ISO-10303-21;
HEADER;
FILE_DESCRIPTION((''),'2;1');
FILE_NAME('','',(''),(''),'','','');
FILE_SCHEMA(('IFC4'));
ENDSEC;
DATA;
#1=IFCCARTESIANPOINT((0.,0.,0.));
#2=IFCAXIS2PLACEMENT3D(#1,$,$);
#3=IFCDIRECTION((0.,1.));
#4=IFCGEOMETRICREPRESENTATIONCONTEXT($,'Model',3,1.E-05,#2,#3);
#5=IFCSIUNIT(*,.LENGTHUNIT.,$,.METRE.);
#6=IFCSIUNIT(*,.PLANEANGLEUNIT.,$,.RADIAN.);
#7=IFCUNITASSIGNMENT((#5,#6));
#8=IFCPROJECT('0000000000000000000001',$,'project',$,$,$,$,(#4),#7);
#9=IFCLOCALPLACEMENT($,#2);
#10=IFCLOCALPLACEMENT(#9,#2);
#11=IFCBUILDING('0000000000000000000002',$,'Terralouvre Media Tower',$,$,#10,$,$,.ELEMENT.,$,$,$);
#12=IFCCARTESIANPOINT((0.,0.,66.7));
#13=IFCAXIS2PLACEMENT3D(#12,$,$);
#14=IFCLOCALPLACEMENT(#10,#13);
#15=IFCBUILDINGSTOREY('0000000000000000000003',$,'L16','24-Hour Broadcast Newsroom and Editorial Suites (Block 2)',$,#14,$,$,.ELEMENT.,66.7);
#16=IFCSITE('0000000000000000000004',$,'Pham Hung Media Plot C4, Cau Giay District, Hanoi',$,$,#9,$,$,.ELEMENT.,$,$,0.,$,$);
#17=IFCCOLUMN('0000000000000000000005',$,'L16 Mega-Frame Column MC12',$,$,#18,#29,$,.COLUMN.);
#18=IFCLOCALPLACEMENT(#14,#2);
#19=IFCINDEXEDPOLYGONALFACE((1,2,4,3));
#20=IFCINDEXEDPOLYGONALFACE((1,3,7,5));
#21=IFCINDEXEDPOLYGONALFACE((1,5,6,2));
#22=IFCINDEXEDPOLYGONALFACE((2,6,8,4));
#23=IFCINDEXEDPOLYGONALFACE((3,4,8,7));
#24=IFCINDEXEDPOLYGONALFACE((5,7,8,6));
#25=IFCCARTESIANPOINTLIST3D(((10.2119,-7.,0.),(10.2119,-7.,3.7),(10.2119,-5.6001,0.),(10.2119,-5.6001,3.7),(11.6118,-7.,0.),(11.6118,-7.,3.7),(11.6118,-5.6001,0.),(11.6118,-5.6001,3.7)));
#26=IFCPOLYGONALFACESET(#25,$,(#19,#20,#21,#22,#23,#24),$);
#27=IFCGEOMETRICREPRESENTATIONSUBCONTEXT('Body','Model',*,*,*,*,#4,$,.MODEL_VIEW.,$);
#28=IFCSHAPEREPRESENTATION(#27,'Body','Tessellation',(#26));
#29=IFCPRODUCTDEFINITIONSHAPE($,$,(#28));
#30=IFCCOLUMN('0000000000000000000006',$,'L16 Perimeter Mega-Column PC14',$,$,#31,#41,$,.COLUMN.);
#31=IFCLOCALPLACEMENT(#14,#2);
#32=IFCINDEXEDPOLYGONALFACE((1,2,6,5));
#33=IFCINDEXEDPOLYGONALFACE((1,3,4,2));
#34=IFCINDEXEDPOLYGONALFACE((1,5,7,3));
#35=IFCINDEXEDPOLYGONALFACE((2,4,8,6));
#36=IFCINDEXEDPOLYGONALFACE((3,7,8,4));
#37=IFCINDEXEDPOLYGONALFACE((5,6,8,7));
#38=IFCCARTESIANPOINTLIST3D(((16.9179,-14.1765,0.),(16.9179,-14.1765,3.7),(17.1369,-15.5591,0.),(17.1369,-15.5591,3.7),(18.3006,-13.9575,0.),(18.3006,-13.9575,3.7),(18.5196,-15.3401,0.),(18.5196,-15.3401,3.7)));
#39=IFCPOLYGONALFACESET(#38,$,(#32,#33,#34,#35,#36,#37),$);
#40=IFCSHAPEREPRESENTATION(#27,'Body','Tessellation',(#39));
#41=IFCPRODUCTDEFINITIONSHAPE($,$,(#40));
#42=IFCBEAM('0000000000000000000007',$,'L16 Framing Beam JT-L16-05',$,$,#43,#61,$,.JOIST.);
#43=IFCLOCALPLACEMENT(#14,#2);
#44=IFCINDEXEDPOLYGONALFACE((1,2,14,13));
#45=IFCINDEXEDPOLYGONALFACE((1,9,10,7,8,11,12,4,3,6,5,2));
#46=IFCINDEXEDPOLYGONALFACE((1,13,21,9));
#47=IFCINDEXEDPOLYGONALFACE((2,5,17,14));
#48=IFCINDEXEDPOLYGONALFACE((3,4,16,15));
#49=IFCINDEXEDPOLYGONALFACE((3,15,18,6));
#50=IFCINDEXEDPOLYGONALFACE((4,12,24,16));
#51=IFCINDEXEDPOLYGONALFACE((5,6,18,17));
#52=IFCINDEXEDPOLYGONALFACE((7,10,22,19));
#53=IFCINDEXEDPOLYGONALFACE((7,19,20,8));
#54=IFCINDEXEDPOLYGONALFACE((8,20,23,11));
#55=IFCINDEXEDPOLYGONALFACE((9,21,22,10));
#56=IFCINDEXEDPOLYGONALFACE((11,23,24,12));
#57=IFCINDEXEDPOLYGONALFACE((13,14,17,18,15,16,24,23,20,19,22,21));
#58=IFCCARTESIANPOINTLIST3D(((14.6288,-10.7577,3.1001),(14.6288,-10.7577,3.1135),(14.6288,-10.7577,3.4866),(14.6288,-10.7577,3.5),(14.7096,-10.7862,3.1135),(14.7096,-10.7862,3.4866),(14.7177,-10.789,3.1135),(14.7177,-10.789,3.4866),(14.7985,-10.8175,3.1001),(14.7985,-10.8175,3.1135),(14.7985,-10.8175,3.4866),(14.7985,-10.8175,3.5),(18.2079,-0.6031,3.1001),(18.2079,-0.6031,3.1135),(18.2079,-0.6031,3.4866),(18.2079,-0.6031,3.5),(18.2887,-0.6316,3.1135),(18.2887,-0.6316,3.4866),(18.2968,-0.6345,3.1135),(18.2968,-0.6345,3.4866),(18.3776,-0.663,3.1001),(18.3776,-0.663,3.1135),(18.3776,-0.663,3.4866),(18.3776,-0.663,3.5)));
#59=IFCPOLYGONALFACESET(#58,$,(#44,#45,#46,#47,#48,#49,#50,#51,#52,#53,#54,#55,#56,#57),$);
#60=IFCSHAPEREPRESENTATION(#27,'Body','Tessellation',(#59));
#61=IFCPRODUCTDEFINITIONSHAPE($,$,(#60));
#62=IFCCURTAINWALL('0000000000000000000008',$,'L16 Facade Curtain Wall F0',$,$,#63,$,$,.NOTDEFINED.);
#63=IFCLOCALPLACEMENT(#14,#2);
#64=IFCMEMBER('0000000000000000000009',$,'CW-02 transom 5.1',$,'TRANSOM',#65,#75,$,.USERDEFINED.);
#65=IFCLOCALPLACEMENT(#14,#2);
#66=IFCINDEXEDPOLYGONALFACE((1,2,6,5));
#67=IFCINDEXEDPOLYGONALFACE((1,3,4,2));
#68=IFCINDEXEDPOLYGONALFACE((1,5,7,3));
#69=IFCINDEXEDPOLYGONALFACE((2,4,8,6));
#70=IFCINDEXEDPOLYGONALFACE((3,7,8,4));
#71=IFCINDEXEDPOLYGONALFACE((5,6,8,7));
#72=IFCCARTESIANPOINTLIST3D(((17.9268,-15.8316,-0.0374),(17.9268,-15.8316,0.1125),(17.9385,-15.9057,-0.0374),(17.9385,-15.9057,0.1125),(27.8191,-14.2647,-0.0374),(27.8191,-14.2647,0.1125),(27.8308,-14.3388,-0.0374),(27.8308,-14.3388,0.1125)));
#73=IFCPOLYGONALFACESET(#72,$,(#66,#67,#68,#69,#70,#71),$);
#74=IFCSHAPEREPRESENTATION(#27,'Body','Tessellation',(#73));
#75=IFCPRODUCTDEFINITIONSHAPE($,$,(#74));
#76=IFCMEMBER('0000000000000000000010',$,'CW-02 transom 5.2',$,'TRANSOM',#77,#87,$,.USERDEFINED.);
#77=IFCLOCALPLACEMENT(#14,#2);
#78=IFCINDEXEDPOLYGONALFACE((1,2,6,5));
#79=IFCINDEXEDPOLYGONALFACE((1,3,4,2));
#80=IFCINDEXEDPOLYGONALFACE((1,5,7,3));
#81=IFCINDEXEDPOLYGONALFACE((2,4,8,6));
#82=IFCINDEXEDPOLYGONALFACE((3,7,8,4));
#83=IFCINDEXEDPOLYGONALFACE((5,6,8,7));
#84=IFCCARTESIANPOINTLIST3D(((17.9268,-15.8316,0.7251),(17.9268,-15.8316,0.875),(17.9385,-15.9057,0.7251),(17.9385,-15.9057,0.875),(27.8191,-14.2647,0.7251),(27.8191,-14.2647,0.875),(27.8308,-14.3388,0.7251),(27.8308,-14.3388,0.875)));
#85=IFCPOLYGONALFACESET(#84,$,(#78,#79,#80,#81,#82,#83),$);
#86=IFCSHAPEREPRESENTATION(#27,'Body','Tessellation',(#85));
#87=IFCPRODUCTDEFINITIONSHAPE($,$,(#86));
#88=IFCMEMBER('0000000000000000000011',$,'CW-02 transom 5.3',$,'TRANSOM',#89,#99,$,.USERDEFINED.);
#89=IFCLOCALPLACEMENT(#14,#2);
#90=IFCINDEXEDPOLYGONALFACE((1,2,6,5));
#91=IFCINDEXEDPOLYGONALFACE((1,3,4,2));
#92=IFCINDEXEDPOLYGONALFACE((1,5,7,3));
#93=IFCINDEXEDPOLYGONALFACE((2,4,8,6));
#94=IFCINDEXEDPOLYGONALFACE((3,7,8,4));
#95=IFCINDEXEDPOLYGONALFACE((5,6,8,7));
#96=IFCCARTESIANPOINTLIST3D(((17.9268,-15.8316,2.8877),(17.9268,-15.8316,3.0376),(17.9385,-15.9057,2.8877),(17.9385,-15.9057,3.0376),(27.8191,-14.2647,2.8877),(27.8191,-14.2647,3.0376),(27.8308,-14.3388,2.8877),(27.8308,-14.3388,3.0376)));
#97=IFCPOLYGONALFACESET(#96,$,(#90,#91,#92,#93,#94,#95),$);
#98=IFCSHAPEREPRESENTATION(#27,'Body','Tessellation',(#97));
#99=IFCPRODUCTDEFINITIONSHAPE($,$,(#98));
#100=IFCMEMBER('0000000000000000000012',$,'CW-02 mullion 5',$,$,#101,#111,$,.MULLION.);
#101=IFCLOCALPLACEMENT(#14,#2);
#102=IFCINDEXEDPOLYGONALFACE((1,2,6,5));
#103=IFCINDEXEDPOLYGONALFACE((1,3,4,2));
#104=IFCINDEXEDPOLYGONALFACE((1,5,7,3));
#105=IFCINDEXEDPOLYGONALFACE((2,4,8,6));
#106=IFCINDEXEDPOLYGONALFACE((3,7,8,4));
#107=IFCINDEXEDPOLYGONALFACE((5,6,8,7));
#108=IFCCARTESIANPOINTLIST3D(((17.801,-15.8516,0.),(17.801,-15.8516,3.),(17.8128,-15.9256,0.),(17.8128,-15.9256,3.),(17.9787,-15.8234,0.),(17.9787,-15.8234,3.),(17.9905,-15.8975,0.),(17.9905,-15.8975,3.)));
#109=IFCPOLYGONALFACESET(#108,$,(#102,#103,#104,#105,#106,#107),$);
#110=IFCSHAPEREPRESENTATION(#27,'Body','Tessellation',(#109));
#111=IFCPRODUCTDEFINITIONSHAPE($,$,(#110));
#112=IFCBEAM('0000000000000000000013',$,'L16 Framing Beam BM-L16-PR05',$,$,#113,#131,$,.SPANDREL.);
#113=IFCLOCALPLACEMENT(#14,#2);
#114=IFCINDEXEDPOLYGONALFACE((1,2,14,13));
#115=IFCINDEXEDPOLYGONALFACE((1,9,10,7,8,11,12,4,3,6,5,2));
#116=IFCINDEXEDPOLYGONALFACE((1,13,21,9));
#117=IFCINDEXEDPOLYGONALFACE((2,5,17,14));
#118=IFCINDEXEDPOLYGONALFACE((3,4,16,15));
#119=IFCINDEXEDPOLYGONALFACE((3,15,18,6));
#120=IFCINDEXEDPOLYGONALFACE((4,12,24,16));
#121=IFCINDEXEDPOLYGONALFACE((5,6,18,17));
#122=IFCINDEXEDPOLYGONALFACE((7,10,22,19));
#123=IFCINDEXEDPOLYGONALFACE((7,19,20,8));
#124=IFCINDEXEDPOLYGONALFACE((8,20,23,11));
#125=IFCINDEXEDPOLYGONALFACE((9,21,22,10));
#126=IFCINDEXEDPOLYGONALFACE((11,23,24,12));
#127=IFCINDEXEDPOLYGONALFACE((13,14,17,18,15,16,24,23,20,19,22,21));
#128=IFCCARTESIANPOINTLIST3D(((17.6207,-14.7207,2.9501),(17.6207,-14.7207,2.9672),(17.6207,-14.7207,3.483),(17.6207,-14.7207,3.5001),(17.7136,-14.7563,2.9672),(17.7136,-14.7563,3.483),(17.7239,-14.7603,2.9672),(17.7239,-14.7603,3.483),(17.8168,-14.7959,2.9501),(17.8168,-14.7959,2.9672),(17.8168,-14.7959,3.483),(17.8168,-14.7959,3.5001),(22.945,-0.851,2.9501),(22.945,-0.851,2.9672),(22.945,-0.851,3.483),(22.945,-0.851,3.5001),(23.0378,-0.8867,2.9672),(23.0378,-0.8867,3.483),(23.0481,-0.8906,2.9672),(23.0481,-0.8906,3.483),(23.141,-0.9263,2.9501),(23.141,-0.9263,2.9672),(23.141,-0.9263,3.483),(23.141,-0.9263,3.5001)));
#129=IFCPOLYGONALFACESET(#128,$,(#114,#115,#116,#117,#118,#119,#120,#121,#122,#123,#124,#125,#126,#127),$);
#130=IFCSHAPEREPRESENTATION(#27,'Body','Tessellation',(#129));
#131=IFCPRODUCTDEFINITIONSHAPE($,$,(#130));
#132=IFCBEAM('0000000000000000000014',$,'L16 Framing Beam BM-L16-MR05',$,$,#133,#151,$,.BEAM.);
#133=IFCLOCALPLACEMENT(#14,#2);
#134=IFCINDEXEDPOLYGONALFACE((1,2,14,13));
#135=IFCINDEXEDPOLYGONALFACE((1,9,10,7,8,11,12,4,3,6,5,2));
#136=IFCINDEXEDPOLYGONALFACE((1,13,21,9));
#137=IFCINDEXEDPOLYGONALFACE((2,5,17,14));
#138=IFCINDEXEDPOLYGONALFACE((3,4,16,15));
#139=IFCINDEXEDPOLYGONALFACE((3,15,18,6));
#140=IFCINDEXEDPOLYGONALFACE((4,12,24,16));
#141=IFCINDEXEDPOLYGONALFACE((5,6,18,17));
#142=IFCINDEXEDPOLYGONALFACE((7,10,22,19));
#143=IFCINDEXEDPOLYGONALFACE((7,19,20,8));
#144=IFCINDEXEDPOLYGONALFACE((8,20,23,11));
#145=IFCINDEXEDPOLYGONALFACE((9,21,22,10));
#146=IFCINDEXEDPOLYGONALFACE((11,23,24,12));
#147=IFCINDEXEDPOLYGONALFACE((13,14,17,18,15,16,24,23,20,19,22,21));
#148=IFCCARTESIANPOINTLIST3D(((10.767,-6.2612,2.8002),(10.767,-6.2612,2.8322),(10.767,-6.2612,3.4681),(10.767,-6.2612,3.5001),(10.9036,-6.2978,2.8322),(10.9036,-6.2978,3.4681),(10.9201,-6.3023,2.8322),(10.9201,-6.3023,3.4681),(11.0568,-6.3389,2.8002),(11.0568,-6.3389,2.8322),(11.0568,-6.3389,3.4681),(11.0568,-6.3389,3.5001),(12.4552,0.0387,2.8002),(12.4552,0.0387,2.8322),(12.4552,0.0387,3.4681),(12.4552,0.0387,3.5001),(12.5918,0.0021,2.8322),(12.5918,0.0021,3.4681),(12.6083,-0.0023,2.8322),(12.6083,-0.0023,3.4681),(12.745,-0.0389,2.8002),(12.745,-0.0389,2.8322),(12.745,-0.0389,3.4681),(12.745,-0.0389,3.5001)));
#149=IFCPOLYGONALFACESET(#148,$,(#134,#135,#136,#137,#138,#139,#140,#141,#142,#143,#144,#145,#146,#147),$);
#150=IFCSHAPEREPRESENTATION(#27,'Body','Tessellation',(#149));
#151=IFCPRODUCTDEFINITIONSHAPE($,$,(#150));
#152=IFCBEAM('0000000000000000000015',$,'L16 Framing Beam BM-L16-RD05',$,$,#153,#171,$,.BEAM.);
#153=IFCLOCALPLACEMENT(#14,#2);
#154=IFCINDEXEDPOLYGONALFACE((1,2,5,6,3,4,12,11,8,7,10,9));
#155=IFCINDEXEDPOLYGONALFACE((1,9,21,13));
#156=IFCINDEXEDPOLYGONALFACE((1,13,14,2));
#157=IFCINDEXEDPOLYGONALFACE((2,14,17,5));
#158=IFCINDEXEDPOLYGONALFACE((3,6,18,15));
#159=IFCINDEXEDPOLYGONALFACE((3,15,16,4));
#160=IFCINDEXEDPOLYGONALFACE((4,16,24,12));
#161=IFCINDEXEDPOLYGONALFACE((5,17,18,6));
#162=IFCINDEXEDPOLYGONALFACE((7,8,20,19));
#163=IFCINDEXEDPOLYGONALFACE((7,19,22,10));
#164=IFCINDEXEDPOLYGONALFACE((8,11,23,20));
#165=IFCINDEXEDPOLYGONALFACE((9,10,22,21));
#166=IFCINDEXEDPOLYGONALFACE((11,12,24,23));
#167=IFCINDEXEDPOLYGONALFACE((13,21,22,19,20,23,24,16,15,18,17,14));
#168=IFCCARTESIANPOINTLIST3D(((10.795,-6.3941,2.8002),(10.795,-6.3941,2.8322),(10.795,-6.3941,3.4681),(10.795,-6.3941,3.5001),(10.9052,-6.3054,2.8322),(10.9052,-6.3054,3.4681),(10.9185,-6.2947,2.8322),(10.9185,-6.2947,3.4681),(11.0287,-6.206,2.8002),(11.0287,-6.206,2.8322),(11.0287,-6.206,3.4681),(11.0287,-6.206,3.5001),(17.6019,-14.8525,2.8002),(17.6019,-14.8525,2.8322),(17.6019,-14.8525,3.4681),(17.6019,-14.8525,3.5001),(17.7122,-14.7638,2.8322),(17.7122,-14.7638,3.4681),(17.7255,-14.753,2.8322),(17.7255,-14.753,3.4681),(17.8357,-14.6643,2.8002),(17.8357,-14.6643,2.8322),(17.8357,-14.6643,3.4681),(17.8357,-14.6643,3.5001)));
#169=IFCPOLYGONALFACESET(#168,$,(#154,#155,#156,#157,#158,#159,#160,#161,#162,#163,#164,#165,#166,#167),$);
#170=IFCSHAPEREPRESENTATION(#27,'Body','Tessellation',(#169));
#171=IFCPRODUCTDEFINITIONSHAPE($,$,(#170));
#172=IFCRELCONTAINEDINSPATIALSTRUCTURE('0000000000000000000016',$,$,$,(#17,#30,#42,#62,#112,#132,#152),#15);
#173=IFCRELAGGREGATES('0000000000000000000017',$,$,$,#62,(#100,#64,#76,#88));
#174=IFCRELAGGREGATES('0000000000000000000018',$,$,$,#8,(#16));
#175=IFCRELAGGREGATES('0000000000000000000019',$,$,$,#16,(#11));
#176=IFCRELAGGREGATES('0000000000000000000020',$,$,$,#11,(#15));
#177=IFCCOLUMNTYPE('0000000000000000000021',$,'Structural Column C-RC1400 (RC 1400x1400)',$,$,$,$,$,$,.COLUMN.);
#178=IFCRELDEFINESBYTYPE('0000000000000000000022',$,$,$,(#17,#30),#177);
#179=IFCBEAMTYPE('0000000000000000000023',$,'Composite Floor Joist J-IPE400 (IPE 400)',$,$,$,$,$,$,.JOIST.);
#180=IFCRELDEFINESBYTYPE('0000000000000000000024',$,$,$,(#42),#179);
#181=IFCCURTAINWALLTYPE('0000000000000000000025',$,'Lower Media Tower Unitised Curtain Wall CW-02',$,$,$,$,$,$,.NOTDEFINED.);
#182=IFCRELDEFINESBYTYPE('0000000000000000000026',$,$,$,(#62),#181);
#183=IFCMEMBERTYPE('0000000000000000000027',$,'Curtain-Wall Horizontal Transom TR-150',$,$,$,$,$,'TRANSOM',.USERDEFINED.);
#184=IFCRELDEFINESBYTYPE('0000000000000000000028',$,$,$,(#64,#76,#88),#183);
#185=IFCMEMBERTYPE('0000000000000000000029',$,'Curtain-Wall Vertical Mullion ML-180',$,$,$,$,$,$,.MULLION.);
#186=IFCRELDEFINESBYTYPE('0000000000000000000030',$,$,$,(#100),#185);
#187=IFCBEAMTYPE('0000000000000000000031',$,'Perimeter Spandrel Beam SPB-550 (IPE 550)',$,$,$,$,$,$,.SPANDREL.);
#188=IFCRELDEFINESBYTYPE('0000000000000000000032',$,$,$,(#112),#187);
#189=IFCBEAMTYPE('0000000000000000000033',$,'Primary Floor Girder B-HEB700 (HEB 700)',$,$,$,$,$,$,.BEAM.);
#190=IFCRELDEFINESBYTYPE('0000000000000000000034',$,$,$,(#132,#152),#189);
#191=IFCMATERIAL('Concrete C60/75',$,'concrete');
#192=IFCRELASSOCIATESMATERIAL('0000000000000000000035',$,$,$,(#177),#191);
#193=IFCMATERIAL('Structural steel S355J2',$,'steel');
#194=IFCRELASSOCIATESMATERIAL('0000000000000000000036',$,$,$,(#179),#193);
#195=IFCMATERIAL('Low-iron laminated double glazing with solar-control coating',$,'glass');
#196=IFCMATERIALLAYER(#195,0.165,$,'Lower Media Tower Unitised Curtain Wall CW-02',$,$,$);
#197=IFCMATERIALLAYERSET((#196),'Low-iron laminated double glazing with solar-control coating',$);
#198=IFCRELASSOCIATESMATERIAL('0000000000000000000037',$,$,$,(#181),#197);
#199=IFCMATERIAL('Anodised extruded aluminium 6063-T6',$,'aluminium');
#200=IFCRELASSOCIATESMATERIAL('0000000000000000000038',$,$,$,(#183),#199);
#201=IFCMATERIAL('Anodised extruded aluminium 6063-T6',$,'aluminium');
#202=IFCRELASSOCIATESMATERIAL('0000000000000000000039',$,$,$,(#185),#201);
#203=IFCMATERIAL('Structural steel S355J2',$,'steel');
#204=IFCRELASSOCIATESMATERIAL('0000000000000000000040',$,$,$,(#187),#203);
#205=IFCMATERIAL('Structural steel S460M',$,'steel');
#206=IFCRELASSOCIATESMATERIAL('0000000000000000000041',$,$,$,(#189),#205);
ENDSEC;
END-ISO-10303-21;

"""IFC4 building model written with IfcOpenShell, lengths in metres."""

from ifc_helpers import new_model, si_unit, direction, frame, origin, origin_2d, place, context, subcontext, project, spatial, rectangle, i_section, extrude, material, layer, layer_set, material_profile, profile_set, type_object, element, aggregate, save


model = new_model("IFC4")

# Units and contexts
model_context = context("Model", 3, precision=1e-05, world=origin(), true_north=direction((0.0, 1.0)))
body_context = subcontext(model_context, "Body", "Model", "MODEL_VIEW")
ifc_project = project(units=[si_unit("LENGTHUNIT", "METRE"), si_unit("PLANEANGLEUNIT", "RADIAN")], contexts=[model_context])

# Site, building, storey
site_placement = place(None, origin())
site = spatial("IfcSite", under=ifc_project, at=site_placement, Name="Pham Hung Media Plot C4, Cau Giay District, Hanoi", CompositionType="ELEMENT", RefElevation=0.0)
building_placement = place(site_placement, origin())
building = spatial("IfcBuilding", under=site, at=building_placement, Name="Terralouvre Media Tower", CompositionType="ELEMENT")
storey_placement = place(building_placement, frame((0.0, 0.0, 66.7)))
storey = spatial("IfcBuildingStorey", under=building, at=storey_placement, Name="L16", Description="24-Hour Broadcast Newsroom and Editorial Suites (Block 2)", CompositionType="ELEMENT", Elevation=66.7)

# Columns
ifc_material_1 = material(Name="Concrete C60/75", Category="concrete")
ifc_material_profile_1 = material_profile(ifc_material_1, rectangle(XDim=1.3999, YDim=1.3999, at=origin_2d()), Name="RC 1400x1400")
ifc_profile_set_1 = profile_set([ifc_material_profile_1], Name="Concrete C60/75")
column_type = type_object("IfcColumnType", Name="Structural Column C-RC1400 (RC 1400x1400)", PredefinedType="COLUMN", material=ifc_profile_set_1)
for number, where, z_axis, x_axis, name in (
    (1, (10.9119, -6.3, 0.0), (0.0, 0.0, 1.0), (1.0, 0.0, 0.0), "L16 Mega-Frame Column MC12"),
    (2, (17.7188, -14.7583, 0.0), (0.0, 0.0, 1.0), (0.987688, 0.156434, 0.0), "L16 Perimeter Mega-Column PC14"),
):
    element("IfcColumn", number, at=place(storey_placement, frame(where, z_axis=z_axis, x_axis=x_axis)), inside=storey, type_object=column_type, Name=name, PredefinedType="COLUMN", context=body_context, shape_type="SweptSolid", body=[
        extrude(rectangle(XDim=1.3999, YDim=1.3999, at=origin_2d()), origin(), (0.0, 0.0, 1.0), 3.7),
    ])

# Beam
ifc_material_2 = material(Name="Structural steel S355J2", Category="steel")
ifc_material_profile_2 = material_profile(ifc_material_2, i_section(OverallWidth=0.1799, OverallDepth=0.3999, WebThickness=0.0085, FlangeThickness=0.0134, at=origin_2d()), Name="IPE 400")
ifc_profile_set_2 = profile_set([ifc_material_profile_2], Name="Structural steel S355J2")
beam_type_1 = type_object("IfcBeamType", Name="Composite Floor Joist J-IPE400 (IPE 400)", PredefinedType="JOIST", material=ifc_profile_set_2)
beam_1_placement = place(storey_placement, frame((14.7136, -10.7876, 3.3), z_axis=(0.332419, 0.943132, 0.0), x_axis=(-0.943132, 0.332419, 0.0)))
element("IfcBeam", 3, at=beam_1_placement, inside=storey, type_object=beam_type_1, Name="L16 Framing Beam JT-L16-05", PredefinedType="JOIST", context=body_context, shape_type="SweptSolid", body=[
    extrude(i_section(OverallWidth=0.1799, OverallDepth=0.3999, WebThickness=0.0085, FlangeThickness=0.0134, at=origin_2d()), origin(), (0.0, 0.0, 1.0), 10.7668),
])

# Curtain wall, members
ifc_material_3 = material(Name="Low-iron laminated double glazing with solar-control coating", Category="glass")
ifc_layer_1 = layer(ifc_material_3, 0.165, Name="Lower Media Tower Unitised Curtain Wall CW-02")
ifc_layer_set_1 = layer_set([ifc_layer_1], Name="Low-iron laminated double glazing with solar-control coating")
curtain_wall_type = type_object("IfcCurtainWallType", Name="Lower Media Tower Unitised Curtain Wall CW-02", PredefinedType="NOTDEFINED", material=ifc_layer_set_1)
curtain_wall_placement = place(storey_placement, origin())
curtain_wall = element("IfcCurtainWall", 4, at=curtain_wall_placement, inside=storey, type_object=curtain_wall_type, Name="L16 Facade Curtain Wall F0", PredefinedType="NOTDEFINED")
ifc_material_4 = material(Name="Anodised extruded aluminium 6063-T6", Category="aluminium")
ifc_material_profile_3 = material_profile(ifc_material_4, rectangle(XDim=0.075, YDim=0.1499, at=origin_2d()), Name="ALU 75x150")
ifc_profile_set_3 = profile_set([ifc_material_profile_3], Name="Anodised extruded aluminium 6063-T6")
member_type_1 = type_object("IfcMemberType", Name="Curtain-Wall Horizontal Transom TR-150", ElementType="TRANSOM", PredefinedType="USERDEFINED", material=ifc_profile_set_3)
member_1_placement = place(storey_placement, frame((17.9326, -15.8687, 0.0376), z_axis=(0.987687, 0.156444, 0.0), x_axis=(-0.156444, 0.987687, 0.0)))
member_1 = element("IfcMember", 5, at=member_1_placement, type_object=member_type_1, Name="CW-02 transom 5.1", ObjectType="TRANSOM", PredefinedType="USERDEFINED", context=body_context, shape_type="SweptSolid", body=[
    extrude(rectangle(XDim=0.075, YDim=0.1499, at=origin_2d()), origin(), (0.0, 0.0, 1.0), 10.0156),
])
member_2_placement = place(storey_placement, frame((17.9326, -15.8687, 0.8), z_axis=(0.987687, 0.156444, 0.0), x_axis=(-0.156444, 0.987687, 0.0)))
member_2 = element("IfcMember", 6, at=member_2_placement, type_object=member_type_1, Name="CW-02 transom 5.2", ObjectType="TRANSOM", PredefinedType="USERDEFINED", context=body_context, shape_type="SweptSolid", body=[
    extrude(rectangle(XDim=0.075, YDim=0.1499, at=origin_2d()), origin(), (0.0, 0.0, 1.0), 10.0156),
])
member_3_placement = place(storey_placement, frame((17.9326, -15.8687, 2.9626), z_axis=(0.987687, 0.156444, 0.0), x_axis=(-0.156444, 0.987687, 0.0)))
member_3 = element("IfcMember", 7, at=member_3_placement, type_object=member_type_1, Name="CW-02 transom 5.3", ObjectType="TRANSOM", PredefinedType="USERDEFINED", context=body_context, shape_type="SweptSolid", body=[
    extrude(rectangle(XDim=0.075, YDim=0.1499, at=origin_2d()), origin(), (0.0, 0.0, 1.0), 10.0156),
])
ifc_material_5 = material(Name="Anodised extruded aluminium 6063-T6", Category="aluminium")
ifc_material_profile_4 = material_profile(ifc_material_5, rectangle(XDim=0.075, YDim=0.1799, at=origin_2d()), Name="ALU 75x180")
ifc_profile_set_4 = profile_set([ifc_material_profile_4], Name="Anodised extruded aluminium 6063-T6")
member_type_2 = type_object("IfcMemberType", Name="Curtain-Wall Vertical Mullion ML-180", PredefinedType="MULLION", material=ifc_profile_set_4)
member_4_placement = place(storey_placement, frame((17.8958, -15.8745, 0.0), z_axis=(0.0, 0.0, 1.0), x_axis=(-0.156434, 0.987688, 0.0)))
member_4 = element("IfcMember", 8, at=member_4_placement, type_object=member_type_2, Name="CW-02 mullion 5", PredefinedType="MULLION", context=body_context, shape_type="SweptSolid", body=[
    extrude(rectangle(XDim=0.075, YDim=0.1799, at=origin_2d()), origin(), (0.0, 0.0, 1.0), 3.0),
])

# Beams
ifc_material_6 = material(Name="Structural steel S355J2", Category="steel")
ifc_material_profile_5 = material_profile(ifc_material_6, i_section(OverallWidth=0.21, OverallDepth=0.55, WebThickness=0.011, FlangeThickness=0.0171, at=origin_2d()), Name="IPE 550")
ifc_profile_set_5 = profile_set([ifc_material_profile_5], Name="Structural steel S355J2")
beam_type_2 = type_object("IfcBeamType", Name="Perimeter Spandrel Beam SPB-550 (IPE 550)", PredefinedType="SPANDREL", material=ifc_profile_set_5)
beam_2_placement = place(storey_placement, frame((17.7188, -14.7583, 3.2251), z_axis=(0.358378, 0.933577, 0.0), x_axis=(-0.933577, 0.358378, 0.0)))
element("IfcBeam", 9, at=beam_2_placement, inside=storey, type_object=beam_type_2, Name="L16 Framing Beam BM-L16-PR05", PredefinedType="SPANDREL", context=body_context, shape_type="SweptSolid", body=[
    extrude(i_section(OverallWidth=0.21, OverallDepth=0.55, WebThickness=0.011, FlangeThickness=0.0171, at=origin_2d()), origin(), (0.0, 0.0, 1.0), 14.8564),
])
ifc_material_7 = material(Name="Structural steel S460M", Category="steel")
ifc_material_profile_6 = material_profile(ifc_material_7, i_section(OverallWidth=0.3, OverallDepth=0.7, WebThickness=0.0171, FlangeThickness=0.032, at=origin_2d()), Name="HEB 700")
ifc_profile_set_6 = profile_set([ifc_material_profile_6], Name="Structural steel S460M")
beam_type_3 = type_object("IfcBeamType", Name="Primary Floor Girder B-HEB700 (HEB 700)", PredefinedType="BEAM", material=ifc_profile_set_6)
beam_3_placement = place(storey_placement, frame((10.9119, -6.3, 3.1501), z_axis=(0.258839, 0.96592, 0.0), x_axis=(-0.96592, 0.258839, 0.0)))
element("IfcBeam", 10, at=beam_3_placement, inside=storey, type_object=beam_type_3, Name="L16 Framing Beam BM-L16-MR05", PredefinedType="BEAM", context=body_context, shape_type="SweptSolid", body=[
    extrude(i_section(OverallWidth=0.3, OverallDepth=0.7, WebThickness=0.0171, FlangeThickness=0.032, at=origin_2d()), origin(), (0.0, 0.0, 1.0), 6.5222),
])
beam_4_placement = place(storey_placement, frame((10.9119, -6.3, 3.1501), z_axis=(0.626955, -0.779056, 0.0), x_axis=(0.779056, 0.626955, 0.0)))
element("IfcBeam", 11, at=beam_4_placement, inside=storey, type_object=beam_type_3, Name="L16 Framing Beam BM-L16-RD05", PredefinedType="BEAM", context=body_context, shape_type="SweptSolid", body=[
    extrude(i_section(OverallWidth=0.3, OverallDepth=0.7, WebThickness=0.0171, FlangeThickness=0.032, at=origin_2d()), origin(), (0.0, 0.0, 1.0), 10.8572),
])

aggregate(curtain_wall, [member_4, member_1, member_2, member_3])

save(model, "model.ifc")
